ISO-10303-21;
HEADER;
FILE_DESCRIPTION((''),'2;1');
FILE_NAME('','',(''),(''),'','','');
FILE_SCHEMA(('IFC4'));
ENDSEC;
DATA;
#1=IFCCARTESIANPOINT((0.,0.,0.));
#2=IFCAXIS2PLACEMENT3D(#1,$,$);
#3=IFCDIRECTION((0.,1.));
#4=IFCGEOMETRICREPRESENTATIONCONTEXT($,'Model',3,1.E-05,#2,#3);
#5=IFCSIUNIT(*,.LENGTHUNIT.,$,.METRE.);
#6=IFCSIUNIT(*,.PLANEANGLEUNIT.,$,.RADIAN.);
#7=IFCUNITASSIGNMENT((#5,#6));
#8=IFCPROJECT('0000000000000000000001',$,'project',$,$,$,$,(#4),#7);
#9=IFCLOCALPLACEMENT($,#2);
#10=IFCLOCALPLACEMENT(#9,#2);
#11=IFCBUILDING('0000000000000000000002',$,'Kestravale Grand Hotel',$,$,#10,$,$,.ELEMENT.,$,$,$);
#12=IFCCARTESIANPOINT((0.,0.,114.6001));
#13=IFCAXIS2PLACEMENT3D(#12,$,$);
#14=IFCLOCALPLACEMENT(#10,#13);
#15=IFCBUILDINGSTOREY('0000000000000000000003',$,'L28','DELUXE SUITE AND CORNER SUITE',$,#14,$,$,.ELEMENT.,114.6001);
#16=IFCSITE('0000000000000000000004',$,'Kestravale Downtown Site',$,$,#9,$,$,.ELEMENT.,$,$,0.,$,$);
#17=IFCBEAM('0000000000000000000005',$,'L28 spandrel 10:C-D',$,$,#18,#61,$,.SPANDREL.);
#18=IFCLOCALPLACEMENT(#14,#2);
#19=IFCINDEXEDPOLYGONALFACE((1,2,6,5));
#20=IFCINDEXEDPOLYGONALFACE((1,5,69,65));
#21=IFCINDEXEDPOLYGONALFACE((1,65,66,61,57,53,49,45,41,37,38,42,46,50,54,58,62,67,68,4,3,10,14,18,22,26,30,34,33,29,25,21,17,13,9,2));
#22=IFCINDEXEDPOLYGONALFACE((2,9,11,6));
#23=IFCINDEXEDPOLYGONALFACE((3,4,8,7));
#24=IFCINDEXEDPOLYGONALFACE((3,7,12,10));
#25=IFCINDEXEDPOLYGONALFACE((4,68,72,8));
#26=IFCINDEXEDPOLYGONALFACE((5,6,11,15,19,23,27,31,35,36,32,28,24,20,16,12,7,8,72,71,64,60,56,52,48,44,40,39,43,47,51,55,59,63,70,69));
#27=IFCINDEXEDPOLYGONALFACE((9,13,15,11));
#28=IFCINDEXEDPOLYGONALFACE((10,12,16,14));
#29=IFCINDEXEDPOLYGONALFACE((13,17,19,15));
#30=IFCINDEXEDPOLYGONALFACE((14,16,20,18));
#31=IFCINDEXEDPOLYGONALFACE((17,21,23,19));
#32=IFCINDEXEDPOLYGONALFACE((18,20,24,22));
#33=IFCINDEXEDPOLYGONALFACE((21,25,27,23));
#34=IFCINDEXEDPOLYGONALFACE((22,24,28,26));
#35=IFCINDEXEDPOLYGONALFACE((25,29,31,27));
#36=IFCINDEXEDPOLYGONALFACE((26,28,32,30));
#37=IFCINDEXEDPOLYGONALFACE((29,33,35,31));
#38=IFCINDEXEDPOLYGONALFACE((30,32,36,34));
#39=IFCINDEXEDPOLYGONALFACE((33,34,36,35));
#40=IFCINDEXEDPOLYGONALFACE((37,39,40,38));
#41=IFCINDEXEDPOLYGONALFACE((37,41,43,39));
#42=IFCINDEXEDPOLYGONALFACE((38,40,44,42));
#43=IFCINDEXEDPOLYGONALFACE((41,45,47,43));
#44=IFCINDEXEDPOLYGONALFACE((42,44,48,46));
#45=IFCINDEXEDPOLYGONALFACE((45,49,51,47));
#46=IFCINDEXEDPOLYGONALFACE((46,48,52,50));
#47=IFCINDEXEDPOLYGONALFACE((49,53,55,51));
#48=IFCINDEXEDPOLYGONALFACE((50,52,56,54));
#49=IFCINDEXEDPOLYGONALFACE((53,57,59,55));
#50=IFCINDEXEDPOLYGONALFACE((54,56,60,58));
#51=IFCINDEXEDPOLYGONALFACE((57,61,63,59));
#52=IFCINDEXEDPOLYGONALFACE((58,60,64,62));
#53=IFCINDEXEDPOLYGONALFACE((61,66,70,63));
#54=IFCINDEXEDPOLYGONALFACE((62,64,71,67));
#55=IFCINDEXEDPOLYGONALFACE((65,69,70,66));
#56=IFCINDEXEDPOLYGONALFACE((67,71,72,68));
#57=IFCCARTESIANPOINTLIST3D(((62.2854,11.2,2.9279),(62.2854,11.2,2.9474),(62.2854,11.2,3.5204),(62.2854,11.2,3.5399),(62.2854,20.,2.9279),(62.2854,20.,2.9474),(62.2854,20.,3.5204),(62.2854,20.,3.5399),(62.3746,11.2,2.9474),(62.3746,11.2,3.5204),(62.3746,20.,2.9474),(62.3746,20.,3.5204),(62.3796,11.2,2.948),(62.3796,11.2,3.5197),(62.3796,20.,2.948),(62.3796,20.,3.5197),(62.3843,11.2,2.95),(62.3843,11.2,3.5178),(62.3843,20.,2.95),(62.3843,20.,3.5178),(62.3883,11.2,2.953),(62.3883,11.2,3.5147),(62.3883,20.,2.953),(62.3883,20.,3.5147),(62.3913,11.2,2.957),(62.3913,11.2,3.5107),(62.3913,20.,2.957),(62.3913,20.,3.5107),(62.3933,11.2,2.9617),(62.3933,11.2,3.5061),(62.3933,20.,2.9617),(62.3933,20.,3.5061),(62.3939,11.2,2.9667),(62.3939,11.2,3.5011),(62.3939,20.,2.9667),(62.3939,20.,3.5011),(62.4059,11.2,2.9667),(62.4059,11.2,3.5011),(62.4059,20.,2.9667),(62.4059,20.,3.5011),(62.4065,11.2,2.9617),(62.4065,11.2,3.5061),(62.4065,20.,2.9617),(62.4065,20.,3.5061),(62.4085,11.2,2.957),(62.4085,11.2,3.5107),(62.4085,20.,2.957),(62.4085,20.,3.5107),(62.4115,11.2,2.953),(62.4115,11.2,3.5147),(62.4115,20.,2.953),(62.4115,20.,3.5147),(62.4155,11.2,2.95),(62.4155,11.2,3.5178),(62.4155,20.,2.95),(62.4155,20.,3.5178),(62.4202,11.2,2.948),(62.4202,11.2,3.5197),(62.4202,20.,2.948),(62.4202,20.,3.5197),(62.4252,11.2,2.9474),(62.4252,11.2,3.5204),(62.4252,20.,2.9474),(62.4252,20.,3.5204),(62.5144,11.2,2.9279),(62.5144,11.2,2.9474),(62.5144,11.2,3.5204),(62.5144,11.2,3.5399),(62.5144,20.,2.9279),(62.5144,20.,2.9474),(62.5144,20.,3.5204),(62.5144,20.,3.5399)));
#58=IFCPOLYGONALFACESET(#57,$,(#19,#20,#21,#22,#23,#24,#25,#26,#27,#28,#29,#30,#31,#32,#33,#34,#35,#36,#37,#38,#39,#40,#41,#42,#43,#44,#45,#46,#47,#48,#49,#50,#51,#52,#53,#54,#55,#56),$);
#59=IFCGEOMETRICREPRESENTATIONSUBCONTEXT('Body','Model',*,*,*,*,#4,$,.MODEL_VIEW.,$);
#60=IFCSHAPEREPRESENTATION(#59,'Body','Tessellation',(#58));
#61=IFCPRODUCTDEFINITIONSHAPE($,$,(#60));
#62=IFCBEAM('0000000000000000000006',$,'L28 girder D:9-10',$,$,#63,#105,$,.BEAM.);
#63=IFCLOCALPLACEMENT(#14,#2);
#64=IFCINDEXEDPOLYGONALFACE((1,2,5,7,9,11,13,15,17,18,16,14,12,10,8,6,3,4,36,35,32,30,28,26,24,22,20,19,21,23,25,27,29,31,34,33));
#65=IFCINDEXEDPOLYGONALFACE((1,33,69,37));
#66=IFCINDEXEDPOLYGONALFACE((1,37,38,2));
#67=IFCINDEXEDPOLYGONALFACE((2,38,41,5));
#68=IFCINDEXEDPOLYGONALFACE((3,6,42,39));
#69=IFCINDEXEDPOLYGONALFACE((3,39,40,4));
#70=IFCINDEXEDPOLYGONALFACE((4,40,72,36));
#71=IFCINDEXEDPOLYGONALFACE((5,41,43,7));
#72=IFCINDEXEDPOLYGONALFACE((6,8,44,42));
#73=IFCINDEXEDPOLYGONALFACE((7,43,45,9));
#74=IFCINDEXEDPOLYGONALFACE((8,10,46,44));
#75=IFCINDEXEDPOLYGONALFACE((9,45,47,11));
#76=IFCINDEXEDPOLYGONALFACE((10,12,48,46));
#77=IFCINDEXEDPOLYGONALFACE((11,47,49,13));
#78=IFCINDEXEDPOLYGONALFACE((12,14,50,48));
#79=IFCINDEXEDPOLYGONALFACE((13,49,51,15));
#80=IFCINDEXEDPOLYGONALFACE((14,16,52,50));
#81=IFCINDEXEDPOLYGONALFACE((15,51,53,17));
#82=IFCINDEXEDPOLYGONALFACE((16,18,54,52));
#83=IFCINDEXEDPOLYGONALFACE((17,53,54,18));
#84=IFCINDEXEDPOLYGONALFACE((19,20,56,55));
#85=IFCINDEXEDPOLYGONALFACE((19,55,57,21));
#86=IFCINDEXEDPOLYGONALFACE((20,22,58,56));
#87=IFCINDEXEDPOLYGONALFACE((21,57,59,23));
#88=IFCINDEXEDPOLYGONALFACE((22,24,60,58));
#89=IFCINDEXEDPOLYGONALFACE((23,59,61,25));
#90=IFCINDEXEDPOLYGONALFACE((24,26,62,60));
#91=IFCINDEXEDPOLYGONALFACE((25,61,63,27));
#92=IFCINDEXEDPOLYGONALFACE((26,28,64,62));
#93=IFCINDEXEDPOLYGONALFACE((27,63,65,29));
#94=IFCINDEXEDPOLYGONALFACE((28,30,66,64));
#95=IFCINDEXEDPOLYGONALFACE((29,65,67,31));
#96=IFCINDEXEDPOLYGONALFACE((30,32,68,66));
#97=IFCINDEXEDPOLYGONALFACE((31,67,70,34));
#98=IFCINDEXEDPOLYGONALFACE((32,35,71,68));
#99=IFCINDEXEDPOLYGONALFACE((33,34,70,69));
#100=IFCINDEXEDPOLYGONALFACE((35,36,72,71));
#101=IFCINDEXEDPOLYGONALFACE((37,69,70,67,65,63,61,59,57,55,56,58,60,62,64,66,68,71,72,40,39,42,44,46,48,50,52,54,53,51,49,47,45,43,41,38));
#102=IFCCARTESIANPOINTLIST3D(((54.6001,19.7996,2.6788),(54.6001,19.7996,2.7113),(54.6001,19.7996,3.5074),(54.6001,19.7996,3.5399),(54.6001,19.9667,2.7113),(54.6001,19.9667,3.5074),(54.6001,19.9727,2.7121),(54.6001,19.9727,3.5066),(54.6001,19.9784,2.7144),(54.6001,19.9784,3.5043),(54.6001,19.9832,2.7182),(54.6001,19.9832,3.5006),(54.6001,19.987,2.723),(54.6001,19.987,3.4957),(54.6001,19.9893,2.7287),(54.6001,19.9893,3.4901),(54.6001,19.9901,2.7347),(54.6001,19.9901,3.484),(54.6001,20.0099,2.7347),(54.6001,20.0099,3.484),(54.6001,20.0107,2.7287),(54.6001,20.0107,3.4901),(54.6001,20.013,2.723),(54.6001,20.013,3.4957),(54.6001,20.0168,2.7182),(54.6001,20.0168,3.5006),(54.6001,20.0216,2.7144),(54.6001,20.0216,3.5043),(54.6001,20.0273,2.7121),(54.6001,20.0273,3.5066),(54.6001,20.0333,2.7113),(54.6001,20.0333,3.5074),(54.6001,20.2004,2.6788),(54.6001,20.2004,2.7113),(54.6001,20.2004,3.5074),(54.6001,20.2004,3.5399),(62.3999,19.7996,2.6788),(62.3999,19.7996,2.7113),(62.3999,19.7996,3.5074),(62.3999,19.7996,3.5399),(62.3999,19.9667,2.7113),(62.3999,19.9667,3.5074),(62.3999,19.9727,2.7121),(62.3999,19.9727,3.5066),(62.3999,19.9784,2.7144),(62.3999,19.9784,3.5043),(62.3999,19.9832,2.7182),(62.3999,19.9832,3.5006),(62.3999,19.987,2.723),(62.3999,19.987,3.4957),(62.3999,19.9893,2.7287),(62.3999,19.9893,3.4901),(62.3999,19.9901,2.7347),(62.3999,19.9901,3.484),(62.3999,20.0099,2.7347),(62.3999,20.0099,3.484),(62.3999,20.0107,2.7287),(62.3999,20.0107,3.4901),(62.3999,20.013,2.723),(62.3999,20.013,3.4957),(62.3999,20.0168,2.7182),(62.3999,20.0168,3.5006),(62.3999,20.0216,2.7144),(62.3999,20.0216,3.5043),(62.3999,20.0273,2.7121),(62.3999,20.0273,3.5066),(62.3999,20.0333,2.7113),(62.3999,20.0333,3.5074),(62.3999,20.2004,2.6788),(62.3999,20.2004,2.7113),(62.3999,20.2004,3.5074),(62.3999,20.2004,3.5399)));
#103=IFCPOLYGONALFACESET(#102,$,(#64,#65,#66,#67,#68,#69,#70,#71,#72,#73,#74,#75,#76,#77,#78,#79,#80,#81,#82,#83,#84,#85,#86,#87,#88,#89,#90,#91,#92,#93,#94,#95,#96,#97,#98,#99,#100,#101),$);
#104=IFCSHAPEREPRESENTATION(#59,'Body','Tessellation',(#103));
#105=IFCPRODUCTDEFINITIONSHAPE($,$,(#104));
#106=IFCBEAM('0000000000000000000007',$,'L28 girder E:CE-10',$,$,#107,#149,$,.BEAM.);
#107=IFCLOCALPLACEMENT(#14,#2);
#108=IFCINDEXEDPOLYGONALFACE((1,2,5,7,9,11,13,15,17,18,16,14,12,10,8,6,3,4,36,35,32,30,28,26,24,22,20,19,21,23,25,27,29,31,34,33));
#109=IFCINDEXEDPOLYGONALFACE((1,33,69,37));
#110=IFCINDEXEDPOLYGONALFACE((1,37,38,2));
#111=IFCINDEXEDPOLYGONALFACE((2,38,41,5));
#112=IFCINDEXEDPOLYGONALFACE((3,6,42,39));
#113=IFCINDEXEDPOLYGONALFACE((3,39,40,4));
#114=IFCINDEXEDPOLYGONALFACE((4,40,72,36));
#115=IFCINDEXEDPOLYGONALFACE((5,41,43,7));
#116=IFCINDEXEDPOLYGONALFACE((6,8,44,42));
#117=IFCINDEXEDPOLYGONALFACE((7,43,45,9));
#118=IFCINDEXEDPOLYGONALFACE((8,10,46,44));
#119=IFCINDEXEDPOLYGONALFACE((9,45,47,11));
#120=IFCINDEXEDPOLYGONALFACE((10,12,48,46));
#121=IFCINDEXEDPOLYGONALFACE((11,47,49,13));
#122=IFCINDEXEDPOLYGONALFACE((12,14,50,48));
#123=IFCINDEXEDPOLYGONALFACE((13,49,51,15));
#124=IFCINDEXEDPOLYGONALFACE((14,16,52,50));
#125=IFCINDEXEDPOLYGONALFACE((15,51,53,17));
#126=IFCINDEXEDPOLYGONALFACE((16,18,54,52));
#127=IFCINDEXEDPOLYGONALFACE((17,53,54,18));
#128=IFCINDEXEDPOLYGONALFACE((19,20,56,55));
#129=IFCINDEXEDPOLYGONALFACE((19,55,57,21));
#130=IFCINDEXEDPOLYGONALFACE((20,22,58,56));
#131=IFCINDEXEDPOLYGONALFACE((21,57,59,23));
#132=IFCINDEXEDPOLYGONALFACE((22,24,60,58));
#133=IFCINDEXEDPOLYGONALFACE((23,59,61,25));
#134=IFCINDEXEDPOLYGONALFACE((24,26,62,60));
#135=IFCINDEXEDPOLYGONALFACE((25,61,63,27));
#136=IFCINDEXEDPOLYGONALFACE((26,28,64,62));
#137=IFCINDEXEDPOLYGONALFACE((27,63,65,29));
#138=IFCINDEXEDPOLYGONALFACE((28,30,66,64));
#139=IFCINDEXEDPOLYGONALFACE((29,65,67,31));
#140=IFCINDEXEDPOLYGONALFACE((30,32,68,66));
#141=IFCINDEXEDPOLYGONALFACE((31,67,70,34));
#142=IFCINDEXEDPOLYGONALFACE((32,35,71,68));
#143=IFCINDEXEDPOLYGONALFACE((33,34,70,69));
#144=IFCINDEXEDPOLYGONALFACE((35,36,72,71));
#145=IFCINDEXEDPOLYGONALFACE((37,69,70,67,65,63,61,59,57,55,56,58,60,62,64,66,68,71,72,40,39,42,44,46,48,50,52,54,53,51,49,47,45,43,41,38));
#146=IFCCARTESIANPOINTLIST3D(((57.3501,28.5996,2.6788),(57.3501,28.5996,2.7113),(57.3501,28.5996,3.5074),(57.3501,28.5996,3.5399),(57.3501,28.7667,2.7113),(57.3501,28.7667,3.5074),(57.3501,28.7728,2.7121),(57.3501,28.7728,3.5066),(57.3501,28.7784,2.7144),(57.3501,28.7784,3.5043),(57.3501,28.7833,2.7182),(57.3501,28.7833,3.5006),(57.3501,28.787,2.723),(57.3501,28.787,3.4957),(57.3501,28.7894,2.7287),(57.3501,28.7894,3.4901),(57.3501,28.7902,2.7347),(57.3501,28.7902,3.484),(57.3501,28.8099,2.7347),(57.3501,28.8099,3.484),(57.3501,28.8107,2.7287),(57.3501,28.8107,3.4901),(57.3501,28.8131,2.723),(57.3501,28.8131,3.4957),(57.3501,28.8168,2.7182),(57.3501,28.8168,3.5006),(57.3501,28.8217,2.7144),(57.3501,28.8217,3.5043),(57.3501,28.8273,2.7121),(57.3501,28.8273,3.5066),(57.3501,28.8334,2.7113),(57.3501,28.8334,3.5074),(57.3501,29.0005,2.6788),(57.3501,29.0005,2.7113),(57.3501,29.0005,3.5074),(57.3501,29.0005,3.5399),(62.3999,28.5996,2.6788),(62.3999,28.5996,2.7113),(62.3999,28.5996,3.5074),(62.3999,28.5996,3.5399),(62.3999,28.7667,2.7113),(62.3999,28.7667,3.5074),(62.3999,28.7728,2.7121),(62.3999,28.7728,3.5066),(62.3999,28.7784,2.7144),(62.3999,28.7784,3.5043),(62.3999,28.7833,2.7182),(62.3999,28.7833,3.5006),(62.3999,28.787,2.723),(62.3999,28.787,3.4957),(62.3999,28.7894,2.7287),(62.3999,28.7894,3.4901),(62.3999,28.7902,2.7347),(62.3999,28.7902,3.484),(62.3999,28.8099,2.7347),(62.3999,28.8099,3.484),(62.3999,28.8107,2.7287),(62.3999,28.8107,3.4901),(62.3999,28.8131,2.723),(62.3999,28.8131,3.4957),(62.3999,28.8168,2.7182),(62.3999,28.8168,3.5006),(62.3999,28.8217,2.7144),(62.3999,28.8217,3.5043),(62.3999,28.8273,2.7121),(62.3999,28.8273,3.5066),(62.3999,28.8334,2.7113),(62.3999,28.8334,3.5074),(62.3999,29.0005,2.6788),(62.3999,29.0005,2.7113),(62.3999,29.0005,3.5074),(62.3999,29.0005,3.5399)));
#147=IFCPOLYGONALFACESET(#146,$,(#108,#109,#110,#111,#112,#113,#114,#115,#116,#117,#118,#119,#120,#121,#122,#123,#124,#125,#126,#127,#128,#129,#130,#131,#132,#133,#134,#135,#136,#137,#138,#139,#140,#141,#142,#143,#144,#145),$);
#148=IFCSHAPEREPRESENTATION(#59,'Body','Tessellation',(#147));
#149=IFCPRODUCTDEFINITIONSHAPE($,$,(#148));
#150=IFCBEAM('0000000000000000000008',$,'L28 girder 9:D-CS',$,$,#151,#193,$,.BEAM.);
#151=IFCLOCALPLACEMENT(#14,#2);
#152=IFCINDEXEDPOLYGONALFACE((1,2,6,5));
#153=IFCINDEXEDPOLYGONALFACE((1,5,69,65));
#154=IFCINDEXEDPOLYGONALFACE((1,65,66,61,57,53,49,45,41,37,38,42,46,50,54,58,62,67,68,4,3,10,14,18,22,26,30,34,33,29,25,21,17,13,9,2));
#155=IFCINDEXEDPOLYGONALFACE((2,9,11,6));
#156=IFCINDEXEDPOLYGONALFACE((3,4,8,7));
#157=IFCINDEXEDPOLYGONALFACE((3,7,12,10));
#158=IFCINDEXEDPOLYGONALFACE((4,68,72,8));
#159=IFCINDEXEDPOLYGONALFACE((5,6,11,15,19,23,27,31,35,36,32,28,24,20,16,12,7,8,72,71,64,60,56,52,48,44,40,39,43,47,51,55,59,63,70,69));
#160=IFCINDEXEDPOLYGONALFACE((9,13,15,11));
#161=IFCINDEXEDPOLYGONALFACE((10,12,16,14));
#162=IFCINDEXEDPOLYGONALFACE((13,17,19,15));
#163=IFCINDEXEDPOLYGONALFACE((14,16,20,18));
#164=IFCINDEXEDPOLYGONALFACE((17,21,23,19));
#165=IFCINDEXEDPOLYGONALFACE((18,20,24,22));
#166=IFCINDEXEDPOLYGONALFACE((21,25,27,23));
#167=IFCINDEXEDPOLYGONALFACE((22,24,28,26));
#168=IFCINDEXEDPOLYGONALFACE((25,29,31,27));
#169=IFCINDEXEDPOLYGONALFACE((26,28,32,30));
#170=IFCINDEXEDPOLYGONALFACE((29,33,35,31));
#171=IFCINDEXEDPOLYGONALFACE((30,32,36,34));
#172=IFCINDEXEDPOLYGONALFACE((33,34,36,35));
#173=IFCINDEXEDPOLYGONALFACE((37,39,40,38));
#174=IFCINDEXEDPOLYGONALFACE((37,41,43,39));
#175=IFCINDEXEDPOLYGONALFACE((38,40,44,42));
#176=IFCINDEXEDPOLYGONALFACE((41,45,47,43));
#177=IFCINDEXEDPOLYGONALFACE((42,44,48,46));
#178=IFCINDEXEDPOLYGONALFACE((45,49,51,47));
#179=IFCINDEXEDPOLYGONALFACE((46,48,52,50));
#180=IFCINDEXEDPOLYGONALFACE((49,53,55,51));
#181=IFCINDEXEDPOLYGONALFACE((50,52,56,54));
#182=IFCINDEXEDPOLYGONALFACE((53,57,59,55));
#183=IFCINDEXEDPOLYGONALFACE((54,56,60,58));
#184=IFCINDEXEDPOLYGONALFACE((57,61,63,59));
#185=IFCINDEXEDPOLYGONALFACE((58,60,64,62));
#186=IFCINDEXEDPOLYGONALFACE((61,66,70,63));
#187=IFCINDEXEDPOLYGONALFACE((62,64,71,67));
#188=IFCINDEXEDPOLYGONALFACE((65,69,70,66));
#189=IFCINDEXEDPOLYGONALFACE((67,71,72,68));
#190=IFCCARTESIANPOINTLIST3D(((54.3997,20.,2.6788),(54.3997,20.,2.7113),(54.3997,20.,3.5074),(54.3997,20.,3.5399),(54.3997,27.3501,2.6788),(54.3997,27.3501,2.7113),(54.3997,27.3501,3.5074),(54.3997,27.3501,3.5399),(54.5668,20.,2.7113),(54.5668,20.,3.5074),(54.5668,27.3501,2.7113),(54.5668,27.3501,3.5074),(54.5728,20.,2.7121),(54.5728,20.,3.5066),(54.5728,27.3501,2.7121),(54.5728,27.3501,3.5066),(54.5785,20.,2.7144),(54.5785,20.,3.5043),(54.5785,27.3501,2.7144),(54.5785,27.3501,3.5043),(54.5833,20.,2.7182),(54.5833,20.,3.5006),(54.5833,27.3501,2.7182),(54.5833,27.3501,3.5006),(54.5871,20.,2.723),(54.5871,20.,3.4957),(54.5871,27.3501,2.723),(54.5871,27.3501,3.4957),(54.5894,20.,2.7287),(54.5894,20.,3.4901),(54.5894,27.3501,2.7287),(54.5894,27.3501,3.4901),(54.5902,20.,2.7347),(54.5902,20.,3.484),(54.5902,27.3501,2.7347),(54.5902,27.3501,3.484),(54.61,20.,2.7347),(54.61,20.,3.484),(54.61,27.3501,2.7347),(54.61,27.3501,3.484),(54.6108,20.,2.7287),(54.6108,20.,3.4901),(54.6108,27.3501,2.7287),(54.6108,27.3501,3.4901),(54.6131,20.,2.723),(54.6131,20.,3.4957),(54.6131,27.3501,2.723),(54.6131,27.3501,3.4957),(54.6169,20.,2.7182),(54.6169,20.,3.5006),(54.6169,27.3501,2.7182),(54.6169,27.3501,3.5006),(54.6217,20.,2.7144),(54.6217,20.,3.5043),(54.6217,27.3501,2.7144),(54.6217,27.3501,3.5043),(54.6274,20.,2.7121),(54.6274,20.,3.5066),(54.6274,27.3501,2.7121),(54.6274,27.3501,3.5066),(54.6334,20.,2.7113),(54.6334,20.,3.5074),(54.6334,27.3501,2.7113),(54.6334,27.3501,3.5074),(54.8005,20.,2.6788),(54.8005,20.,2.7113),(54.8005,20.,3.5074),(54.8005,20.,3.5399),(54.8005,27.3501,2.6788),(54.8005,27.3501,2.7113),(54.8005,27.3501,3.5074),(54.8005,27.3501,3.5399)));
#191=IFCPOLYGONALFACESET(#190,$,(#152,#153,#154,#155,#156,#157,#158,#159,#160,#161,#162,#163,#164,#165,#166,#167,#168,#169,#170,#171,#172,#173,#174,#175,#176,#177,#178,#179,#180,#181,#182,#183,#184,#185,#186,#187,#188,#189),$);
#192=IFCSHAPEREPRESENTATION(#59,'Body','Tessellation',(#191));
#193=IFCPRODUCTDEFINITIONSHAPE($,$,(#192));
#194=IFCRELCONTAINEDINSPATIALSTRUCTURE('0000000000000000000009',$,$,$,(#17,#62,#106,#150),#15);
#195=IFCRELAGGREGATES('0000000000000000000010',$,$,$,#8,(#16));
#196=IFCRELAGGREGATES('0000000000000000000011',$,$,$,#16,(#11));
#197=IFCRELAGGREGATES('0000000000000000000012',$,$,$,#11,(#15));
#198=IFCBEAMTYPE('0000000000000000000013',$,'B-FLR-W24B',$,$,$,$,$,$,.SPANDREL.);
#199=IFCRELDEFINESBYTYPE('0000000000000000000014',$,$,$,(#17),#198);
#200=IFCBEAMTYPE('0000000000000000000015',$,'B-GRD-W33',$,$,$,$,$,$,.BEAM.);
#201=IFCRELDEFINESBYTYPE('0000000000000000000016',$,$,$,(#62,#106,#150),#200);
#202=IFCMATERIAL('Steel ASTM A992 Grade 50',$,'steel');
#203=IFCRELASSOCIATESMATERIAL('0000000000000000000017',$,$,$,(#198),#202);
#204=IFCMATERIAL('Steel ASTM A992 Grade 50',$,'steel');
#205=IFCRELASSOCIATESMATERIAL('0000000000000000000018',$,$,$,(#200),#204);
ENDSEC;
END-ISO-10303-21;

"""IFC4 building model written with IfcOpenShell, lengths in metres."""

from ifc_helpers import new_model, si_unit, direction, frame, origin, origin_2d, place, context, subcontext, project, spatial, i_section, extrude, material, material_profile, profile_set, type_object, element, save


model = new_model("IFC4")

# Units and contexts
model_context = context("Model", 3, precision=1e-05, world=origin(), true_north=direction((0.0, 1.0)))
body_context = subcontext(model_context, "Body", "Model", "MODEL_VIEW")
ifc_project = project(units=[si_unit("LENGTHUNIT", "METRE"), si_unit("PLANEANGLEUNIT", "RADIAN")], contexts=[model_context])

# Site, building, storey
site_placement = place(None, origin())
site = spatial("IfcSite", under=ifc_project, at=site_placement, Name="Kestravale Downtown Site", CompositionType="ELEMENT", RefElevation=0.0)
building_placement = place(site_placement, origin())
building = spatial("IfcBuilding", under=site, at=building_placement, Name="Kestravale Grand Hotel", CompositionType="ELEMENT")
storey_placement = place(building_placement, frame((0.0, 0.0, 114.6001)))
storey = spatial("IfcBuildingStorey", under=building, at=storey_placement, Name="L28", Description="DELUXE SUITE AND CORNER SUITE", CompositionType="ELEMENT", Elevation=114.6001)

# Beams
ifc_material_1 = material(Name="Steel ASTM A992 Grade 50", Category="steel")
ifc_material_profile_1 = material_profile(ifc_material_1, i_section(OverallWidth=0.229, OverallDepth=0.6121, WebThickness=0.012, FlangeThickness=0.0195, FilletRadius=0.0193, at=origin_2d()))
ifc_profile_set_1 = profile_set([ifc_material_profile_1], Name="Steel ASTM A992 Grade 50")
beam_type_1 = type_object("IfcBeamType", Name="B-FLR-W24B", PredefinedType="SPANDREL", material=ifc_profile_set_1)
beam_1_placement = place(storey_placement, frame((62.3999, 11.2, 3.2339), z_axis=(0.0, 1.0, 0.0), x_axis=(-1.0, 0.0, 0.0)))
element("IfcBeam", 1, at=beam_1_placement, inside=storey, type_object=beam_type_1, Name="L28 spandrel 10:C-D", PredefinedType="SPANDREL", context=body_context, shape_type="SweptSolid", body=[
    extrude(i_section(OverallWidth=0.229, OverallDepth=0.6121, WebThickness=0.012, FlangeThickness=0.0195, FilletRadius=0.0193, at=origin_2d()), origin(), (0.0, 0.0, 1.0), 8.8),
])
ifc_material_2 = material(Name="Steel ASTM A992 Grade 50", Category="steel")
ifc_material_profile_2 = material_profile(ifc_material_2, i_section(OverallWidth=0.4009, OverallDepth=0.8611, WebThickness=0.0198, FlangeThickness=0.0325, FilletRadius=0.0234, at=origin_2d()))
ifc_profile_set_2 = profile_set([ifc_material_profile_2], Name="Steel ASTM A992 Grade 50")
beam_type_2 = type_object("IfcBeamType", Name="B-GRD-W33", PredefinedType="BEAM", material=ifc_profile_set_2)
beam_2_placement = place(storey_placement, frame((54.6001, 20.0, 3.1094), z_axis=(1.0, 0.0, 0.0), x_axis=(0.0, 1.0, 0.0)))
element("IfcBeam", 2, at=beam_2_placement, inside=storey, type_object=beam_type_2, Name="L28 girder D:9-10", PredefinedType="BEAM", context=body_context, shape_type="SweptSolid", body=[
    extrude(i_section(OverallWidth=0.4009, OverallDepth=0.8611, WebThickness=0.0198, FlangeThickness=0.0325, FilletRadius=0.0234, at=origin_2d()), origin(), (0.0, 0.0, 1.0), 7.7998),
])
beam_3_placement = place(storey_placement, frame((57.3501, 28.8, 3.1094), z_axis=(1.0, 0.0, 0.0), x_axis=(0.0, 1.0, 0.0)))
element("IfcBeam", 3, at=beam_3_placement, inside=storey, type_object=beam_type_2, Name="L28 girder E:CE-10", PredefinedType="BEAM", context=body_context, shape_type="SweptSolid", body=[
    extrude(i_section(OverallWidth=0.4009, OverallDepth=0.8611, WebThickness=0.0198, FlangeThickness=0.0325, FilletRadius=0.0234, at=origin_2d()), origin(), (0.0, 0.0, 1.0), 5.0498),
])
beam_4_placement = place(storey_placement, frame((54.6001, 20.0, 3.1094), z_axis=(0.0, 1.0, 0.0), x_axis=(-1.0, 0.0, 0.0)))
element("IfcBeam", 4, at=beam_4_placement, inside=storey, type_object=beam_type_2, Name="L28 girder 9:D-CS", PredefinedType="BEAM", context=body_context, shape_type="SweptSolid", body=[
    extrude(i_section(OverallWidth=0.4009, OverallDepth=0.8611, WebThickness=0.0198, FlangeThickness=0.0325, FilletRadius=0.0234, at=origin_2d()), origin(), (0.0, 0.0, 1.0), 7.3501),
])

save(model, "model.ifc")
